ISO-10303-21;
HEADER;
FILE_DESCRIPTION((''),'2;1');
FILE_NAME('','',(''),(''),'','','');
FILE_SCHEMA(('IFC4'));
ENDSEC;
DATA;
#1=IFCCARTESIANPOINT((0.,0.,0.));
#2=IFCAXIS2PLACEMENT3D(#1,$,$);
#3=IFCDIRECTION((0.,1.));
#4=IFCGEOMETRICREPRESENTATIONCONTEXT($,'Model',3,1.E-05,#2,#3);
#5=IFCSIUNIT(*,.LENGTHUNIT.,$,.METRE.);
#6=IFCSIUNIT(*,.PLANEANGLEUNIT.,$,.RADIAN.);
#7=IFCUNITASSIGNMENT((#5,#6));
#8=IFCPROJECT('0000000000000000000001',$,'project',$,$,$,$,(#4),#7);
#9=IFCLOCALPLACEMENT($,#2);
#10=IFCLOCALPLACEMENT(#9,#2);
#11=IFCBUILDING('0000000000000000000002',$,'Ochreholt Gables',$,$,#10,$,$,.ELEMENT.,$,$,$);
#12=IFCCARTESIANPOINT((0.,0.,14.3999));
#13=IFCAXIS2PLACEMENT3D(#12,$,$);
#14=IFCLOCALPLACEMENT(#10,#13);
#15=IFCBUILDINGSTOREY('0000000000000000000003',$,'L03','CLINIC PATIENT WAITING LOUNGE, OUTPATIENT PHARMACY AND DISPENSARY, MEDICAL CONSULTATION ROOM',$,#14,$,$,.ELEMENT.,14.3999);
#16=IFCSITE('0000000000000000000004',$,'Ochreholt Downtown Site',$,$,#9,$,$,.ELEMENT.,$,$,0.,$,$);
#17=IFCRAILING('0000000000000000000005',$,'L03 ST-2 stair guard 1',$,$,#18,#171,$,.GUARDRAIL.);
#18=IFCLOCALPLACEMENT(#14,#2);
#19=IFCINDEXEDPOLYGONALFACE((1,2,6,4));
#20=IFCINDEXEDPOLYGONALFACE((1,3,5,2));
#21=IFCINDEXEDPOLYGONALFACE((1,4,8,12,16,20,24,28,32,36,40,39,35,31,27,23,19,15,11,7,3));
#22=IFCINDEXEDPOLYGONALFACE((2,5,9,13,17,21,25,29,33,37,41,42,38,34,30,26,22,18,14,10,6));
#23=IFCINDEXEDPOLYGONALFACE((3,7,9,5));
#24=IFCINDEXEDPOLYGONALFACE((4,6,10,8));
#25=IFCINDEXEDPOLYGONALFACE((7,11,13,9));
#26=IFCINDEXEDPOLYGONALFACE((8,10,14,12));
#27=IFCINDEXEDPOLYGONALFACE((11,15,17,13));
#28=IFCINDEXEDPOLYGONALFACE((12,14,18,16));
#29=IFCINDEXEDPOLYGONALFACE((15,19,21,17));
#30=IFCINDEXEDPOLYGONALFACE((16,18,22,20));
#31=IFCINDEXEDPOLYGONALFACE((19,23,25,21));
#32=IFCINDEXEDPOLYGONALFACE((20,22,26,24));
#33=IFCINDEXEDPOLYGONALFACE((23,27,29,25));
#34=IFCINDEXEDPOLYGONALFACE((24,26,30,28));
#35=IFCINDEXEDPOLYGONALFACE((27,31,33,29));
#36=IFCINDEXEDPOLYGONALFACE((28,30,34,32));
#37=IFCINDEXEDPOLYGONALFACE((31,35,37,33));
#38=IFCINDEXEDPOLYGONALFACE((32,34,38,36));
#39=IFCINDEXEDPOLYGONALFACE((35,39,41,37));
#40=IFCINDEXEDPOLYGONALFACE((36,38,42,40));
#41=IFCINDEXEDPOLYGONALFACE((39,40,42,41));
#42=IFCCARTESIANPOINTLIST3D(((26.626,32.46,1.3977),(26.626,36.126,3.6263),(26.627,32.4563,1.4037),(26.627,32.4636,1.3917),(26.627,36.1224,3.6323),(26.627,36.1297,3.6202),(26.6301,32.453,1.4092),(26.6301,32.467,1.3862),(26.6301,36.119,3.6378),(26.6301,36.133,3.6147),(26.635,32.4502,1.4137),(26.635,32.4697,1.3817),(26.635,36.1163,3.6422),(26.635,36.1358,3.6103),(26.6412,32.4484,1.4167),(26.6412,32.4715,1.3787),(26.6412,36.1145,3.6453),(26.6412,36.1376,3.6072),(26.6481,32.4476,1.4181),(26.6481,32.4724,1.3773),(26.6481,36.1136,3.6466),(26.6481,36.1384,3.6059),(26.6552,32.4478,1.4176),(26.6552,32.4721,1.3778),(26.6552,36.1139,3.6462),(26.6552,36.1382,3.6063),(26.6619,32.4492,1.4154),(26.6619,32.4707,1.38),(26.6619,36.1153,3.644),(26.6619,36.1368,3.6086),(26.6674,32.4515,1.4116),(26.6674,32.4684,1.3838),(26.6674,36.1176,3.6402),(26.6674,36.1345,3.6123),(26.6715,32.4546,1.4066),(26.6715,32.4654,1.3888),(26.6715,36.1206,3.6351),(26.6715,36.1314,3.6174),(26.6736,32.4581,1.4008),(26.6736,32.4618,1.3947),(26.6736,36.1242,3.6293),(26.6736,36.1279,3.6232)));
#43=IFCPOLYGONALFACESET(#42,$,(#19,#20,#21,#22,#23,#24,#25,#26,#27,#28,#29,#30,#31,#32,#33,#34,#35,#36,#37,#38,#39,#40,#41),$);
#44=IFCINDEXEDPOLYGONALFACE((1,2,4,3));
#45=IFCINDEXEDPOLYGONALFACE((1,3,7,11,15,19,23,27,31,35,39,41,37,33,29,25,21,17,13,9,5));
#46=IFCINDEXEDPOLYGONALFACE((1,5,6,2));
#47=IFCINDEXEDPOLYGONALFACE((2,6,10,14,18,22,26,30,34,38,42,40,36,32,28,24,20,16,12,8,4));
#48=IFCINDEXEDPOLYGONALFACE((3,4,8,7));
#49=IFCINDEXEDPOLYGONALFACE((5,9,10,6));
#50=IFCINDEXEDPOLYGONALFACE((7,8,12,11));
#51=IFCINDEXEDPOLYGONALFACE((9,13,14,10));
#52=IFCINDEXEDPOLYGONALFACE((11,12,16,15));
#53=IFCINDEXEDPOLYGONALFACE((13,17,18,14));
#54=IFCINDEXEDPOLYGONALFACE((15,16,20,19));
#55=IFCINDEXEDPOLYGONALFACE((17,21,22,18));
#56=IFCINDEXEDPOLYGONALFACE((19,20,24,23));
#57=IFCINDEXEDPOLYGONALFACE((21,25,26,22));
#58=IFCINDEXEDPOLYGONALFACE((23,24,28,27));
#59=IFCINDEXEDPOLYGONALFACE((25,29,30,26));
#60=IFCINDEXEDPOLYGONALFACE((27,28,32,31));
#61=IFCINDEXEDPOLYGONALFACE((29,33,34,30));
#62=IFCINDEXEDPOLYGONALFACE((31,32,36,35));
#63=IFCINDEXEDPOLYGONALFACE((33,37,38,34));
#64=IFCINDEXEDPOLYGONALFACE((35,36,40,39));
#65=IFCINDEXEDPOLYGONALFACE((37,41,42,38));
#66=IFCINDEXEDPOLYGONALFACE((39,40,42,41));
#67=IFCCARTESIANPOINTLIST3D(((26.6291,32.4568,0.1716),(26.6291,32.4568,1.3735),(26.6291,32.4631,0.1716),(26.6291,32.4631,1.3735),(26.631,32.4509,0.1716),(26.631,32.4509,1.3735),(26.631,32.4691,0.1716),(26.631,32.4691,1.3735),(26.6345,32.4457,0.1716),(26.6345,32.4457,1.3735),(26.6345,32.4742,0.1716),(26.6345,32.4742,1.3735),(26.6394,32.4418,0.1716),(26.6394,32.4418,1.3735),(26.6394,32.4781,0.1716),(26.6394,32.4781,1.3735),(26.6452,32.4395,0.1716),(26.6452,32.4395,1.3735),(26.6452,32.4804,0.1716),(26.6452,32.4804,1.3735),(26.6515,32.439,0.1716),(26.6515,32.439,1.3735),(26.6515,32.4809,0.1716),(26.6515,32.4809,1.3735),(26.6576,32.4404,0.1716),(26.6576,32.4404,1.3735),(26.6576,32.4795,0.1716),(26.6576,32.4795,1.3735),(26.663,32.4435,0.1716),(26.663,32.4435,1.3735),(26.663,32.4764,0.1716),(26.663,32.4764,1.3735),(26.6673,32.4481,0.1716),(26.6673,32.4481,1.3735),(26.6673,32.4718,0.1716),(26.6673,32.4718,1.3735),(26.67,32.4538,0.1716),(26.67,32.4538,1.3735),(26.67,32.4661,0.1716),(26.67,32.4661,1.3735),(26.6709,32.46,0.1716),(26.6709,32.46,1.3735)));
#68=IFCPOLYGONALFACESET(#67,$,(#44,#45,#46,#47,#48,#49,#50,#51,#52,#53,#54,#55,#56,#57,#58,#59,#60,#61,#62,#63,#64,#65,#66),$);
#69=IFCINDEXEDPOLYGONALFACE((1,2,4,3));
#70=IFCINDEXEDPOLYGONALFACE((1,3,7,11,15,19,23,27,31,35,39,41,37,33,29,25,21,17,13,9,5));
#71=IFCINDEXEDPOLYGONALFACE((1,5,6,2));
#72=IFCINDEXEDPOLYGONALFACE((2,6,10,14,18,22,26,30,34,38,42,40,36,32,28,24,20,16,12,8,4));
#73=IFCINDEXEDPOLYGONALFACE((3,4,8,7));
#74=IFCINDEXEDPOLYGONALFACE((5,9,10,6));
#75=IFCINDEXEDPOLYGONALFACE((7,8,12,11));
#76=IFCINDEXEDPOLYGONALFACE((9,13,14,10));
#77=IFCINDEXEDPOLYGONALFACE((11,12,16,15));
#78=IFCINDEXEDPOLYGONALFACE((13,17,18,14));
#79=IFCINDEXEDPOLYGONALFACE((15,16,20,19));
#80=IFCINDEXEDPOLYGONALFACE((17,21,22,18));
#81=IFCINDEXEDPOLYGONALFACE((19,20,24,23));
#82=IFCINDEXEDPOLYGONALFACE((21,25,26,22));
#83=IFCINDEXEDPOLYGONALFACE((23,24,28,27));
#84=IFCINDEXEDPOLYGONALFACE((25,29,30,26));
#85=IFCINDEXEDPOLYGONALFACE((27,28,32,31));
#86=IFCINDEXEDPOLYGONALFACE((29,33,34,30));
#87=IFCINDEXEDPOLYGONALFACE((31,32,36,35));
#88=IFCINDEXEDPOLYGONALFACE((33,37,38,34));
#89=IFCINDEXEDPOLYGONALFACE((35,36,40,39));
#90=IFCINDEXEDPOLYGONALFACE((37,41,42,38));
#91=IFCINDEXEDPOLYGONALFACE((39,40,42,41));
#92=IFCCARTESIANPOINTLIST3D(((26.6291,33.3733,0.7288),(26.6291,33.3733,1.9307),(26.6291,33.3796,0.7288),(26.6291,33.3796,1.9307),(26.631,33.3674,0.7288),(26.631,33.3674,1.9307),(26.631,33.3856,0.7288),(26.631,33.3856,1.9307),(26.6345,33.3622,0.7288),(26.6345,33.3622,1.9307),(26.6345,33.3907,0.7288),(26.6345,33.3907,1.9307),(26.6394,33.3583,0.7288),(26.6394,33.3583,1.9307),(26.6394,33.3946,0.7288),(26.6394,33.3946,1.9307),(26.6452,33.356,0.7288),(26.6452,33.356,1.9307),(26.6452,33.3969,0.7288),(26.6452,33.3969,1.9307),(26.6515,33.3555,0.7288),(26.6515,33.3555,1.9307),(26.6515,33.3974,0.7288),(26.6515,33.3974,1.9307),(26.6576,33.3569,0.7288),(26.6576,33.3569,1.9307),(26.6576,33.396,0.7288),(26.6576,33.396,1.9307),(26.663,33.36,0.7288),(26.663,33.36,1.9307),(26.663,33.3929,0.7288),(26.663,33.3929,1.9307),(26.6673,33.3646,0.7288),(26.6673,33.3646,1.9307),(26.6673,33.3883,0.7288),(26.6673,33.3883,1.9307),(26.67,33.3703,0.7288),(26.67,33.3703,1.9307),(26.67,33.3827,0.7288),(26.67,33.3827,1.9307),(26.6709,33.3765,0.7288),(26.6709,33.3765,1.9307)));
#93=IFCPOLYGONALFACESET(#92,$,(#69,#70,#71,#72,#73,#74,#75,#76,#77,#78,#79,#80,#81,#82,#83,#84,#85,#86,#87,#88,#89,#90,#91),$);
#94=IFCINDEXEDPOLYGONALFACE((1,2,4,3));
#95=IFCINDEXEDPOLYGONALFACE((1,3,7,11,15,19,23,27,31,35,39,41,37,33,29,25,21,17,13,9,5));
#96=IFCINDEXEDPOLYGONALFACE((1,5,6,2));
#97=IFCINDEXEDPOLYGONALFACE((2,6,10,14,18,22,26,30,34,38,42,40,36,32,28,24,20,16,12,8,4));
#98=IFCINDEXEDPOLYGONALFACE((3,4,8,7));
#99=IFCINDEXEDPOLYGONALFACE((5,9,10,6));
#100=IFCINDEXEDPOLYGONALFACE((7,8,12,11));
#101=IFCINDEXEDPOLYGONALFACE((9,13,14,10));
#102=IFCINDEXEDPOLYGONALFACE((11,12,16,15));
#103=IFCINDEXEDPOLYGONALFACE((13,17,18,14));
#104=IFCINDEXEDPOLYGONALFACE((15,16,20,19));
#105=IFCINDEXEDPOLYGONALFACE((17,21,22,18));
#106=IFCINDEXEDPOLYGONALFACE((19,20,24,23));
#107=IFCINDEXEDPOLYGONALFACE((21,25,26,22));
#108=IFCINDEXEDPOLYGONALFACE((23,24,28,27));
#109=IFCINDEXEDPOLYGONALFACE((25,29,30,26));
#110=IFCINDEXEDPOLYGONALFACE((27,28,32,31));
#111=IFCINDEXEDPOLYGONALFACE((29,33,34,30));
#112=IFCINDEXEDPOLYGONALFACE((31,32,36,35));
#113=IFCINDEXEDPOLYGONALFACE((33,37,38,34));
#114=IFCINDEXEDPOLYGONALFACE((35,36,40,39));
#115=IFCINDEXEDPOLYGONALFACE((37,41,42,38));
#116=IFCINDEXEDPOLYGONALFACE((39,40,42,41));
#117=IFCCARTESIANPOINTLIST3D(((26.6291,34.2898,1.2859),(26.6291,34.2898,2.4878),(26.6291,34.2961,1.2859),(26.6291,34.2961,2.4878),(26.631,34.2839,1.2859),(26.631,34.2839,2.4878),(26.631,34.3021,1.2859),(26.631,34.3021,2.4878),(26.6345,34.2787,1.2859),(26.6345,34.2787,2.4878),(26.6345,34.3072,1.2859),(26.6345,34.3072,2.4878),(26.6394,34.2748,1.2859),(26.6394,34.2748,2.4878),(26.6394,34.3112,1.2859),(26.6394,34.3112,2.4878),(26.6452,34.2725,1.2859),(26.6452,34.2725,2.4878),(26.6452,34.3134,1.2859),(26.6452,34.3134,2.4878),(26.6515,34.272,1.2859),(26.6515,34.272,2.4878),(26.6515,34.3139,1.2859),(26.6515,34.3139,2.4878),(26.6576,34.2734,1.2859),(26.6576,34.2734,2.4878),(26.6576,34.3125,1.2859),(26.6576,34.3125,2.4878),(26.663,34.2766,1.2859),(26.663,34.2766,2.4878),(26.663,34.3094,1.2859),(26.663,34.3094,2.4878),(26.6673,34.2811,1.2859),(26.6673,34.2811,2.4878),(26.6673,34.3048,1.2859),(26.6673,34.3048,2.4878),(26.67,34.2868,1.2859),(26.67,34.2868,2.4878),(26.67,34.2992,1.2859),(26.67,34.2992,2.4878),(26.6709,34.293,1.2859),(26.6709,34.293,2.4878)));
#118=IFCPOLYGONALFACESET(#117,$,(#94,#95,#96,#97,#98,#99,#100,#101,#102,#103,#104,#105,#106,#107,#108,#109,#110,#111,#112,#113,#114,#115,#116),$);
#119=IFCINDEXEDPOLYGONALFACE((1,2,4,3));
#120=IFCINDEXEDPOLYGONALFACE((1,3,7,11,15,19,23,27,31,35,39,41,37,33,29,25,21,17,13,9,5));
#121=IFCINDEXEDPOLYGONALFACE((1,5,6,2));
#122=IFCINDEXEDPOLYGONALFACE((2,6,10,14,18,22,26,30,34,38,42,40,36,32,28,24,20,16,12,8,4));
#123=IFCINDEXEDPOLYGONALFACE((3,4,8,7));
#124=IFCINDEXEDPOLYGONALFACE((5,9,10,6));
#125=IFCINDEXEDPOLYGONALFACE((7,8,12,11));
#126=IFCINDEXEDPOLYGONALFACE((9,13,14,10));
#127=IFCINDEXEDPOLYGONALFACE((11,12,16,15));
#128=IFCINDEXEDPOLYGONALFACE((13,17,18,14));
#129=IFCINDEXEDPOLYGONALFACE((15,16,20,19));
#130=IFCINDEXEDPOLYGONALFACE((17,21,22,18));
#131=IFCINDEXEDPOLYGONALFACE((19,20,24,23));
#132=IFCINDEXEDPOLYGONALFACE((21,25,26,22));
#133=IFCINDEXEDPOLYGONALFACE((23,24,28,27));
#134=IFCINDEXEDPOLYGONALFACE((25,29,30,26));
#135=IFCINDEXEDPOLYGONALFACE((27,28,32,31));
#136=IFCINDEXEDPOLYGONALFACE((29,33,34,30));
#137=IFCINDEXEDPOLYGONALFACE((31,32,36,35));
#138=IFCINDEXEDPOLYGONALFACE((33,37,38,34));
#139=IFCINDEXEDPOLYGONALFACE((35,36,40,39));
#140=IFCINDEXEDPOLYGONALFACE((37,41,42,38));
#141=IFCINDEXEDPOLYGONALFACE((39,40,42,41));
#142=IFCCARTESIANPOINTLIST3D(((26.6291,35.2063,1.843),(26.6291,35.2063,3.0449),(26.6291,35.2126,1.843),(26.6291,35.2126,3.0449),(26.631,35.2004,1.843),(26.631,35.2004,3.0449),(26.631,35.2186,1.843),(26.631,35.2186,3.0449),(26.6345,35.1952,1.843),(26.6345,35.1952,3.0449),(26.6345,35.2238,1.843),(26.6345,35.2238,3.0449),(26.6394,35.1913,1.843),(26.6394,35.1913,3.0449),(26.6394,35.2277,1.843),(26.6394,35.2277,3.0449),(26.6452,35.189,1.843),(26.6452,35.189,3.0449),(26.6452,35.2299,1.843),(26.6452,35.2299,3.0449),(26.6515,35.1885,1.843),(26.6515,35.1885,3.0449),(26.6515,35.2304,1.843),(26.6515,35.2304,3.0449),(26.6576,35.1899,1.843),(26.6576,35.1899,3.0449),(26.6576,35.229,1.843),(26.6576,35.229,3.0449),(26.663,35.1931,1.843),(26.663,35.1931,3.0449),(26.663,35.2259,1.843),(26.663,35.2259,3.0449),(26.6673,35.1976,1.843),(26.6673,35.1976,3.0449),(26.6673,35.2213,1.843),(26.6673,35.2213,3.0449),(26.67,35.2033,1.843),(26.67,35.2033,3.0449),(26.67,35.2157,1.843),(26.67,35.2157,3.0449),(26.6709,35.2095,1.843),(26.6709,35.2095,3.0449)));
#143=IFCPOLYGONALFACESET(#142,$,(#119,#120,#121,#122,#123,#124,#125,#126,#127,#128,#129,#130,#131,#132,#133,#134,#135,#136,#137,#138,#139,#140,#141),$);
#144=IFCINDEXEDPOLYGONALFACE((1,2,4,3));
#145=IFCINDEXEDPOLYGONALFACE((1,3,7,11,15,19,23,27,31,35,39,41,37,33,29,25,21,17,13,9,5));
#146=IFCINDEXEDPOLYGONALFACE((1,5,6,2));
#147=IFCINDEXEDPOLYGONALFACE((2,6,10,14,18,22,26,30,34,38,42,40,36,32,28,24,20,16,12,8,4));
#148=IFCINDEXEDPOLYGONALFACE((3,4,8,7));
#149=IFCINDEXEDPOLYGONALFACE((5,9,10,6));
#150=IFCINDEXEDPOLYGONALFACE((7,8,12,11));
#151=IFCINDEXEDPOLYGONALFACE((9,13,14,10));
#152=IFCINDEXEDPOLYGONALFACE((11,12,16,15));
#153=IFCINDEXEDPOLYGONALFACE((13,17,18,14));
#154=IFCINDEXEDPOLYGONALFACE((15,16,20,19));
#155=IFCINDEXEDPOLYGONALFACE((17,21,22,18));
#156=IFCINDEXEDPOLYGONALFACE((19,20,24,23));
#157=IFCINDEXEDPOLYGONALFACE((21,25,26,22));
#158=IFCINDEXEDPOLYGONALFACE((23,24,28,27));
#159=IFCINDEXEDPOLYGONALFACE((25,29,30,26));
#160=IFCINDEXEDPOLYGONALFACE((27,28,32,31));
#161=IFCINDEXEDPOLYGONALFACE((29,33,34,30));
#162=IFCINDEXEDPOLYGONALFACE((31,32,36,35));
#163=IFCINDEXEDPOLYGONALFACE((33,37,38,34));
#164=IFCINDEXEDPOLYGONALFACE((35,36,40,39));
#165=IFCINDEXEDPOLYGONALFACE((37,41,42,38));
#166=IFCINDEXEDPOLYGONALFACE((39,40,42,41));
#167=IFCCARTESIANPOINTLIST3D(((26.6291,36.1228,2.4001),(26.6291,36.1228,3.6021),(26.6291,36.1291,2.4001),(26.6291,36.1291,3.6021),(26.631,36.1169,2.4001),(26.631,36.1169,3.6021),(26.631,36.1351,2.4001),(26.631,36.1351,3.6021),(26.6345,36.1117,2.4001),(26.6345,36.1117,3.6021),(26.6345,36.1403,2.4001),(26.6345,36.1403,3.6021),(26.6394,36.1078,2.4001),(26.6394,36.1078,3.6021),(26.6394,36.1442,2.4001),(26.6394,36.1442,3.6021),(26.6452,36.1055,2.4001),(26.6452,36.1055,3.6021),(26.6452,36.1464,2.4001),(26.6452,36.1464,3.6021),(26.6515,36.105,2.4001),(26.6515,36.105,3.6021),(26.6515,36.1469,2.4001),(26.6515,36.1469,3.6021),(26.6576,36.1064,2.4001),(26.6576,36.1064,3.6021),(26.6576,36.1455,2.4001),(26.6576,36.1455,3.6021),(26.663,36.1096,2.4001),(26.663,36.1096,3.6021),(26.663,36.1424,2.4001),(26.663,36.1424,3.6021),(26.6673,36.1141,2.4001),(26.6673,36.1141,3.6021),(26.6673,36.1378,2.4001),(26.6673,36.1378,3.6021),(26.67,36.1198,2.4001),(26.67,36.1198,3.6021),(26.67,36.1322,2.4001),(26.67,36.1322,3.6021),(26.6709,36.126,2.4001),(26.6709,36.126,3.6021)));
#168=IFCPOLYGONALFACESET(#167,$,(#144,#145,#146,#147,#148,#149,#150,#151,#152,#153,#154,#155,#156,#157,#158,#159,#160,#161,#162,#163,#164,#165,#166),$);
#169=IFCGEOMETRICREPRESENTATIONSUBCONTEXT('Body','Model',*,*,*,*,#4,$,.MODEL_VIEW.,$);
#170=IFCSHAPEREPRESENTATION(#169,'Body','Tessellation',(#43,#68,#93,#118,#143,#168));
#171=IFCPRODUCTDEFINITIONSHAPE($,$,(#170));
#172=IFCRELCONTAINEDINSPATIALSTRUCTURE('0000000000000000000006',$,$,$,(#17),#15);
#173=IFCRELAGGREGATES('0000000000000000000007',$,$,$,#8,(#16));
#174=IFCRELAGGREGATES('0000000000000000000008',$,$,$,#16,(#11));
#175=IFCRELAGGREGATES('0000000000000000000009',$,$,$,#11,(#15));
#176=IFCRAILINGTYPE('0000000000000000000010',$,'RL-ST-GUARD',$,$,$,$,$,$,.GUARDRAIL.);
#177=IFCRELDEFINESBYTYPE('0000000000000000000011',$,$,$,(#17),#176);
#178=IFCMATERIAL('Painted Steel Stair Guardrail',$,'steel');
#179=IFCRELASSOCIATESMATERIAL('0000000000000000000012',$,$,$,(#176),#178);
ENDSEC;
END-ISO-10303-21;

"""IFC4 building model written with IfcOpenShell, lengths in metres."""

from ifc_helpers import new_model, si_unit, direction, frame, origin, origin_2d, place, context, subcontext, project, spatial, circle, extrude, material, type_object, element, save


model = new_model("IFC4")

# Units and contexts
model_context = context("Model", 3, precision=1e-05, world=origin(), true_north=direction((0.0, 1.0)))
body_context = subcontext(model_context, "Body", "Model", "MODEL_VIEW")
ifc_project = project(units=[si_unit("LENGTHUNIT", "METRE"), si_unit("PLANEANGLEUNIT", "RADIAN")], contexts=[model_context])

# Site, building, storey
site_placement = place(None, origin())
site = spatial("IfcSite", under=ifc_project, at=site_placement, Name="Ochreholt Downtown Site", CompositionType="ELEMENT", RefElevation=0.0)
building_placement = place(site_placement, origin())
building = spatial("IfcBuilding", under=site, at=building_placement, Name="Ochreholt Gables", CompositionType="ELEMENT")
storey_placement = place(building_placement, frame((0.0, 0.0, 14.3999)))
storey = spatial("IfcBuildingStorey", under=building, at=storey_placement, Name="L03", Description="CLINIC PATIENT WAITING LOUNGE, OUTPATIENT PHARMACY AND DISPENSARY, MEDICAL CONSULTATION ROOM", CompositionType="ELEMENT", Elevation=14.3999)

# Railing
ifc_material_1 = material(Name="Painted Steel Stair Guardrail", Category="steel")
railing_type = type_object("IfcRailingType", Name="RL-ST-GUARD", PredefinedType="GUARDRAIL", material=ifc_material_1)
railing_1_placement = place(storey_placement, frame((26.6499, 32.46, 0.1716)))
element("IfcRailing", 1, at=railing_1_placement, inside=storey, type_object=railing_type, Name="L03 ST-2 stair guard 1", PredefinedType="GUARDRAIL", context=body_context, shape_type="SweptSolid", body=[
    extrude(circle(Radius=0.0239, at=origin_2d()), frame((0.0, 0.0, 1.2261), z_axis=(0.0, 0.854506, 0.519441), x_axis=(-1.0, 0.0, 0.0)), (0.0, 0.0, 1.0), 4.2903),
    extrude(circle(Radius=0.021, at=origin_2d()), origin(), (0.0, 0.0, 1.0), 1.2019),
    extrude(circle(Radius=0.021, at=origin_2d()), frame((0.0, 0.9165, 0.5571)), (0.0, 0.0, 1.0), 1.2019),
    extrude(circle(Radius=0.021, at=origin_2d()), frame((0.0, 1.833, 1.1143)), (0.0, 0.0, 1.0), 1.2019),
    extrude(circle(Radius=0.021, at=origin_2d()), frame((0.0, 2.7495, 1.6714)), (0.0, 0.0, 1.0), 1.2019),
    extrude(circle(Radius=0.021, at=origin_2d()), frame((0.0, 3.666, 2.2285)), (0.0, 0.0, 1.0), 1.2019),
])

save(model, "model.ifc")
